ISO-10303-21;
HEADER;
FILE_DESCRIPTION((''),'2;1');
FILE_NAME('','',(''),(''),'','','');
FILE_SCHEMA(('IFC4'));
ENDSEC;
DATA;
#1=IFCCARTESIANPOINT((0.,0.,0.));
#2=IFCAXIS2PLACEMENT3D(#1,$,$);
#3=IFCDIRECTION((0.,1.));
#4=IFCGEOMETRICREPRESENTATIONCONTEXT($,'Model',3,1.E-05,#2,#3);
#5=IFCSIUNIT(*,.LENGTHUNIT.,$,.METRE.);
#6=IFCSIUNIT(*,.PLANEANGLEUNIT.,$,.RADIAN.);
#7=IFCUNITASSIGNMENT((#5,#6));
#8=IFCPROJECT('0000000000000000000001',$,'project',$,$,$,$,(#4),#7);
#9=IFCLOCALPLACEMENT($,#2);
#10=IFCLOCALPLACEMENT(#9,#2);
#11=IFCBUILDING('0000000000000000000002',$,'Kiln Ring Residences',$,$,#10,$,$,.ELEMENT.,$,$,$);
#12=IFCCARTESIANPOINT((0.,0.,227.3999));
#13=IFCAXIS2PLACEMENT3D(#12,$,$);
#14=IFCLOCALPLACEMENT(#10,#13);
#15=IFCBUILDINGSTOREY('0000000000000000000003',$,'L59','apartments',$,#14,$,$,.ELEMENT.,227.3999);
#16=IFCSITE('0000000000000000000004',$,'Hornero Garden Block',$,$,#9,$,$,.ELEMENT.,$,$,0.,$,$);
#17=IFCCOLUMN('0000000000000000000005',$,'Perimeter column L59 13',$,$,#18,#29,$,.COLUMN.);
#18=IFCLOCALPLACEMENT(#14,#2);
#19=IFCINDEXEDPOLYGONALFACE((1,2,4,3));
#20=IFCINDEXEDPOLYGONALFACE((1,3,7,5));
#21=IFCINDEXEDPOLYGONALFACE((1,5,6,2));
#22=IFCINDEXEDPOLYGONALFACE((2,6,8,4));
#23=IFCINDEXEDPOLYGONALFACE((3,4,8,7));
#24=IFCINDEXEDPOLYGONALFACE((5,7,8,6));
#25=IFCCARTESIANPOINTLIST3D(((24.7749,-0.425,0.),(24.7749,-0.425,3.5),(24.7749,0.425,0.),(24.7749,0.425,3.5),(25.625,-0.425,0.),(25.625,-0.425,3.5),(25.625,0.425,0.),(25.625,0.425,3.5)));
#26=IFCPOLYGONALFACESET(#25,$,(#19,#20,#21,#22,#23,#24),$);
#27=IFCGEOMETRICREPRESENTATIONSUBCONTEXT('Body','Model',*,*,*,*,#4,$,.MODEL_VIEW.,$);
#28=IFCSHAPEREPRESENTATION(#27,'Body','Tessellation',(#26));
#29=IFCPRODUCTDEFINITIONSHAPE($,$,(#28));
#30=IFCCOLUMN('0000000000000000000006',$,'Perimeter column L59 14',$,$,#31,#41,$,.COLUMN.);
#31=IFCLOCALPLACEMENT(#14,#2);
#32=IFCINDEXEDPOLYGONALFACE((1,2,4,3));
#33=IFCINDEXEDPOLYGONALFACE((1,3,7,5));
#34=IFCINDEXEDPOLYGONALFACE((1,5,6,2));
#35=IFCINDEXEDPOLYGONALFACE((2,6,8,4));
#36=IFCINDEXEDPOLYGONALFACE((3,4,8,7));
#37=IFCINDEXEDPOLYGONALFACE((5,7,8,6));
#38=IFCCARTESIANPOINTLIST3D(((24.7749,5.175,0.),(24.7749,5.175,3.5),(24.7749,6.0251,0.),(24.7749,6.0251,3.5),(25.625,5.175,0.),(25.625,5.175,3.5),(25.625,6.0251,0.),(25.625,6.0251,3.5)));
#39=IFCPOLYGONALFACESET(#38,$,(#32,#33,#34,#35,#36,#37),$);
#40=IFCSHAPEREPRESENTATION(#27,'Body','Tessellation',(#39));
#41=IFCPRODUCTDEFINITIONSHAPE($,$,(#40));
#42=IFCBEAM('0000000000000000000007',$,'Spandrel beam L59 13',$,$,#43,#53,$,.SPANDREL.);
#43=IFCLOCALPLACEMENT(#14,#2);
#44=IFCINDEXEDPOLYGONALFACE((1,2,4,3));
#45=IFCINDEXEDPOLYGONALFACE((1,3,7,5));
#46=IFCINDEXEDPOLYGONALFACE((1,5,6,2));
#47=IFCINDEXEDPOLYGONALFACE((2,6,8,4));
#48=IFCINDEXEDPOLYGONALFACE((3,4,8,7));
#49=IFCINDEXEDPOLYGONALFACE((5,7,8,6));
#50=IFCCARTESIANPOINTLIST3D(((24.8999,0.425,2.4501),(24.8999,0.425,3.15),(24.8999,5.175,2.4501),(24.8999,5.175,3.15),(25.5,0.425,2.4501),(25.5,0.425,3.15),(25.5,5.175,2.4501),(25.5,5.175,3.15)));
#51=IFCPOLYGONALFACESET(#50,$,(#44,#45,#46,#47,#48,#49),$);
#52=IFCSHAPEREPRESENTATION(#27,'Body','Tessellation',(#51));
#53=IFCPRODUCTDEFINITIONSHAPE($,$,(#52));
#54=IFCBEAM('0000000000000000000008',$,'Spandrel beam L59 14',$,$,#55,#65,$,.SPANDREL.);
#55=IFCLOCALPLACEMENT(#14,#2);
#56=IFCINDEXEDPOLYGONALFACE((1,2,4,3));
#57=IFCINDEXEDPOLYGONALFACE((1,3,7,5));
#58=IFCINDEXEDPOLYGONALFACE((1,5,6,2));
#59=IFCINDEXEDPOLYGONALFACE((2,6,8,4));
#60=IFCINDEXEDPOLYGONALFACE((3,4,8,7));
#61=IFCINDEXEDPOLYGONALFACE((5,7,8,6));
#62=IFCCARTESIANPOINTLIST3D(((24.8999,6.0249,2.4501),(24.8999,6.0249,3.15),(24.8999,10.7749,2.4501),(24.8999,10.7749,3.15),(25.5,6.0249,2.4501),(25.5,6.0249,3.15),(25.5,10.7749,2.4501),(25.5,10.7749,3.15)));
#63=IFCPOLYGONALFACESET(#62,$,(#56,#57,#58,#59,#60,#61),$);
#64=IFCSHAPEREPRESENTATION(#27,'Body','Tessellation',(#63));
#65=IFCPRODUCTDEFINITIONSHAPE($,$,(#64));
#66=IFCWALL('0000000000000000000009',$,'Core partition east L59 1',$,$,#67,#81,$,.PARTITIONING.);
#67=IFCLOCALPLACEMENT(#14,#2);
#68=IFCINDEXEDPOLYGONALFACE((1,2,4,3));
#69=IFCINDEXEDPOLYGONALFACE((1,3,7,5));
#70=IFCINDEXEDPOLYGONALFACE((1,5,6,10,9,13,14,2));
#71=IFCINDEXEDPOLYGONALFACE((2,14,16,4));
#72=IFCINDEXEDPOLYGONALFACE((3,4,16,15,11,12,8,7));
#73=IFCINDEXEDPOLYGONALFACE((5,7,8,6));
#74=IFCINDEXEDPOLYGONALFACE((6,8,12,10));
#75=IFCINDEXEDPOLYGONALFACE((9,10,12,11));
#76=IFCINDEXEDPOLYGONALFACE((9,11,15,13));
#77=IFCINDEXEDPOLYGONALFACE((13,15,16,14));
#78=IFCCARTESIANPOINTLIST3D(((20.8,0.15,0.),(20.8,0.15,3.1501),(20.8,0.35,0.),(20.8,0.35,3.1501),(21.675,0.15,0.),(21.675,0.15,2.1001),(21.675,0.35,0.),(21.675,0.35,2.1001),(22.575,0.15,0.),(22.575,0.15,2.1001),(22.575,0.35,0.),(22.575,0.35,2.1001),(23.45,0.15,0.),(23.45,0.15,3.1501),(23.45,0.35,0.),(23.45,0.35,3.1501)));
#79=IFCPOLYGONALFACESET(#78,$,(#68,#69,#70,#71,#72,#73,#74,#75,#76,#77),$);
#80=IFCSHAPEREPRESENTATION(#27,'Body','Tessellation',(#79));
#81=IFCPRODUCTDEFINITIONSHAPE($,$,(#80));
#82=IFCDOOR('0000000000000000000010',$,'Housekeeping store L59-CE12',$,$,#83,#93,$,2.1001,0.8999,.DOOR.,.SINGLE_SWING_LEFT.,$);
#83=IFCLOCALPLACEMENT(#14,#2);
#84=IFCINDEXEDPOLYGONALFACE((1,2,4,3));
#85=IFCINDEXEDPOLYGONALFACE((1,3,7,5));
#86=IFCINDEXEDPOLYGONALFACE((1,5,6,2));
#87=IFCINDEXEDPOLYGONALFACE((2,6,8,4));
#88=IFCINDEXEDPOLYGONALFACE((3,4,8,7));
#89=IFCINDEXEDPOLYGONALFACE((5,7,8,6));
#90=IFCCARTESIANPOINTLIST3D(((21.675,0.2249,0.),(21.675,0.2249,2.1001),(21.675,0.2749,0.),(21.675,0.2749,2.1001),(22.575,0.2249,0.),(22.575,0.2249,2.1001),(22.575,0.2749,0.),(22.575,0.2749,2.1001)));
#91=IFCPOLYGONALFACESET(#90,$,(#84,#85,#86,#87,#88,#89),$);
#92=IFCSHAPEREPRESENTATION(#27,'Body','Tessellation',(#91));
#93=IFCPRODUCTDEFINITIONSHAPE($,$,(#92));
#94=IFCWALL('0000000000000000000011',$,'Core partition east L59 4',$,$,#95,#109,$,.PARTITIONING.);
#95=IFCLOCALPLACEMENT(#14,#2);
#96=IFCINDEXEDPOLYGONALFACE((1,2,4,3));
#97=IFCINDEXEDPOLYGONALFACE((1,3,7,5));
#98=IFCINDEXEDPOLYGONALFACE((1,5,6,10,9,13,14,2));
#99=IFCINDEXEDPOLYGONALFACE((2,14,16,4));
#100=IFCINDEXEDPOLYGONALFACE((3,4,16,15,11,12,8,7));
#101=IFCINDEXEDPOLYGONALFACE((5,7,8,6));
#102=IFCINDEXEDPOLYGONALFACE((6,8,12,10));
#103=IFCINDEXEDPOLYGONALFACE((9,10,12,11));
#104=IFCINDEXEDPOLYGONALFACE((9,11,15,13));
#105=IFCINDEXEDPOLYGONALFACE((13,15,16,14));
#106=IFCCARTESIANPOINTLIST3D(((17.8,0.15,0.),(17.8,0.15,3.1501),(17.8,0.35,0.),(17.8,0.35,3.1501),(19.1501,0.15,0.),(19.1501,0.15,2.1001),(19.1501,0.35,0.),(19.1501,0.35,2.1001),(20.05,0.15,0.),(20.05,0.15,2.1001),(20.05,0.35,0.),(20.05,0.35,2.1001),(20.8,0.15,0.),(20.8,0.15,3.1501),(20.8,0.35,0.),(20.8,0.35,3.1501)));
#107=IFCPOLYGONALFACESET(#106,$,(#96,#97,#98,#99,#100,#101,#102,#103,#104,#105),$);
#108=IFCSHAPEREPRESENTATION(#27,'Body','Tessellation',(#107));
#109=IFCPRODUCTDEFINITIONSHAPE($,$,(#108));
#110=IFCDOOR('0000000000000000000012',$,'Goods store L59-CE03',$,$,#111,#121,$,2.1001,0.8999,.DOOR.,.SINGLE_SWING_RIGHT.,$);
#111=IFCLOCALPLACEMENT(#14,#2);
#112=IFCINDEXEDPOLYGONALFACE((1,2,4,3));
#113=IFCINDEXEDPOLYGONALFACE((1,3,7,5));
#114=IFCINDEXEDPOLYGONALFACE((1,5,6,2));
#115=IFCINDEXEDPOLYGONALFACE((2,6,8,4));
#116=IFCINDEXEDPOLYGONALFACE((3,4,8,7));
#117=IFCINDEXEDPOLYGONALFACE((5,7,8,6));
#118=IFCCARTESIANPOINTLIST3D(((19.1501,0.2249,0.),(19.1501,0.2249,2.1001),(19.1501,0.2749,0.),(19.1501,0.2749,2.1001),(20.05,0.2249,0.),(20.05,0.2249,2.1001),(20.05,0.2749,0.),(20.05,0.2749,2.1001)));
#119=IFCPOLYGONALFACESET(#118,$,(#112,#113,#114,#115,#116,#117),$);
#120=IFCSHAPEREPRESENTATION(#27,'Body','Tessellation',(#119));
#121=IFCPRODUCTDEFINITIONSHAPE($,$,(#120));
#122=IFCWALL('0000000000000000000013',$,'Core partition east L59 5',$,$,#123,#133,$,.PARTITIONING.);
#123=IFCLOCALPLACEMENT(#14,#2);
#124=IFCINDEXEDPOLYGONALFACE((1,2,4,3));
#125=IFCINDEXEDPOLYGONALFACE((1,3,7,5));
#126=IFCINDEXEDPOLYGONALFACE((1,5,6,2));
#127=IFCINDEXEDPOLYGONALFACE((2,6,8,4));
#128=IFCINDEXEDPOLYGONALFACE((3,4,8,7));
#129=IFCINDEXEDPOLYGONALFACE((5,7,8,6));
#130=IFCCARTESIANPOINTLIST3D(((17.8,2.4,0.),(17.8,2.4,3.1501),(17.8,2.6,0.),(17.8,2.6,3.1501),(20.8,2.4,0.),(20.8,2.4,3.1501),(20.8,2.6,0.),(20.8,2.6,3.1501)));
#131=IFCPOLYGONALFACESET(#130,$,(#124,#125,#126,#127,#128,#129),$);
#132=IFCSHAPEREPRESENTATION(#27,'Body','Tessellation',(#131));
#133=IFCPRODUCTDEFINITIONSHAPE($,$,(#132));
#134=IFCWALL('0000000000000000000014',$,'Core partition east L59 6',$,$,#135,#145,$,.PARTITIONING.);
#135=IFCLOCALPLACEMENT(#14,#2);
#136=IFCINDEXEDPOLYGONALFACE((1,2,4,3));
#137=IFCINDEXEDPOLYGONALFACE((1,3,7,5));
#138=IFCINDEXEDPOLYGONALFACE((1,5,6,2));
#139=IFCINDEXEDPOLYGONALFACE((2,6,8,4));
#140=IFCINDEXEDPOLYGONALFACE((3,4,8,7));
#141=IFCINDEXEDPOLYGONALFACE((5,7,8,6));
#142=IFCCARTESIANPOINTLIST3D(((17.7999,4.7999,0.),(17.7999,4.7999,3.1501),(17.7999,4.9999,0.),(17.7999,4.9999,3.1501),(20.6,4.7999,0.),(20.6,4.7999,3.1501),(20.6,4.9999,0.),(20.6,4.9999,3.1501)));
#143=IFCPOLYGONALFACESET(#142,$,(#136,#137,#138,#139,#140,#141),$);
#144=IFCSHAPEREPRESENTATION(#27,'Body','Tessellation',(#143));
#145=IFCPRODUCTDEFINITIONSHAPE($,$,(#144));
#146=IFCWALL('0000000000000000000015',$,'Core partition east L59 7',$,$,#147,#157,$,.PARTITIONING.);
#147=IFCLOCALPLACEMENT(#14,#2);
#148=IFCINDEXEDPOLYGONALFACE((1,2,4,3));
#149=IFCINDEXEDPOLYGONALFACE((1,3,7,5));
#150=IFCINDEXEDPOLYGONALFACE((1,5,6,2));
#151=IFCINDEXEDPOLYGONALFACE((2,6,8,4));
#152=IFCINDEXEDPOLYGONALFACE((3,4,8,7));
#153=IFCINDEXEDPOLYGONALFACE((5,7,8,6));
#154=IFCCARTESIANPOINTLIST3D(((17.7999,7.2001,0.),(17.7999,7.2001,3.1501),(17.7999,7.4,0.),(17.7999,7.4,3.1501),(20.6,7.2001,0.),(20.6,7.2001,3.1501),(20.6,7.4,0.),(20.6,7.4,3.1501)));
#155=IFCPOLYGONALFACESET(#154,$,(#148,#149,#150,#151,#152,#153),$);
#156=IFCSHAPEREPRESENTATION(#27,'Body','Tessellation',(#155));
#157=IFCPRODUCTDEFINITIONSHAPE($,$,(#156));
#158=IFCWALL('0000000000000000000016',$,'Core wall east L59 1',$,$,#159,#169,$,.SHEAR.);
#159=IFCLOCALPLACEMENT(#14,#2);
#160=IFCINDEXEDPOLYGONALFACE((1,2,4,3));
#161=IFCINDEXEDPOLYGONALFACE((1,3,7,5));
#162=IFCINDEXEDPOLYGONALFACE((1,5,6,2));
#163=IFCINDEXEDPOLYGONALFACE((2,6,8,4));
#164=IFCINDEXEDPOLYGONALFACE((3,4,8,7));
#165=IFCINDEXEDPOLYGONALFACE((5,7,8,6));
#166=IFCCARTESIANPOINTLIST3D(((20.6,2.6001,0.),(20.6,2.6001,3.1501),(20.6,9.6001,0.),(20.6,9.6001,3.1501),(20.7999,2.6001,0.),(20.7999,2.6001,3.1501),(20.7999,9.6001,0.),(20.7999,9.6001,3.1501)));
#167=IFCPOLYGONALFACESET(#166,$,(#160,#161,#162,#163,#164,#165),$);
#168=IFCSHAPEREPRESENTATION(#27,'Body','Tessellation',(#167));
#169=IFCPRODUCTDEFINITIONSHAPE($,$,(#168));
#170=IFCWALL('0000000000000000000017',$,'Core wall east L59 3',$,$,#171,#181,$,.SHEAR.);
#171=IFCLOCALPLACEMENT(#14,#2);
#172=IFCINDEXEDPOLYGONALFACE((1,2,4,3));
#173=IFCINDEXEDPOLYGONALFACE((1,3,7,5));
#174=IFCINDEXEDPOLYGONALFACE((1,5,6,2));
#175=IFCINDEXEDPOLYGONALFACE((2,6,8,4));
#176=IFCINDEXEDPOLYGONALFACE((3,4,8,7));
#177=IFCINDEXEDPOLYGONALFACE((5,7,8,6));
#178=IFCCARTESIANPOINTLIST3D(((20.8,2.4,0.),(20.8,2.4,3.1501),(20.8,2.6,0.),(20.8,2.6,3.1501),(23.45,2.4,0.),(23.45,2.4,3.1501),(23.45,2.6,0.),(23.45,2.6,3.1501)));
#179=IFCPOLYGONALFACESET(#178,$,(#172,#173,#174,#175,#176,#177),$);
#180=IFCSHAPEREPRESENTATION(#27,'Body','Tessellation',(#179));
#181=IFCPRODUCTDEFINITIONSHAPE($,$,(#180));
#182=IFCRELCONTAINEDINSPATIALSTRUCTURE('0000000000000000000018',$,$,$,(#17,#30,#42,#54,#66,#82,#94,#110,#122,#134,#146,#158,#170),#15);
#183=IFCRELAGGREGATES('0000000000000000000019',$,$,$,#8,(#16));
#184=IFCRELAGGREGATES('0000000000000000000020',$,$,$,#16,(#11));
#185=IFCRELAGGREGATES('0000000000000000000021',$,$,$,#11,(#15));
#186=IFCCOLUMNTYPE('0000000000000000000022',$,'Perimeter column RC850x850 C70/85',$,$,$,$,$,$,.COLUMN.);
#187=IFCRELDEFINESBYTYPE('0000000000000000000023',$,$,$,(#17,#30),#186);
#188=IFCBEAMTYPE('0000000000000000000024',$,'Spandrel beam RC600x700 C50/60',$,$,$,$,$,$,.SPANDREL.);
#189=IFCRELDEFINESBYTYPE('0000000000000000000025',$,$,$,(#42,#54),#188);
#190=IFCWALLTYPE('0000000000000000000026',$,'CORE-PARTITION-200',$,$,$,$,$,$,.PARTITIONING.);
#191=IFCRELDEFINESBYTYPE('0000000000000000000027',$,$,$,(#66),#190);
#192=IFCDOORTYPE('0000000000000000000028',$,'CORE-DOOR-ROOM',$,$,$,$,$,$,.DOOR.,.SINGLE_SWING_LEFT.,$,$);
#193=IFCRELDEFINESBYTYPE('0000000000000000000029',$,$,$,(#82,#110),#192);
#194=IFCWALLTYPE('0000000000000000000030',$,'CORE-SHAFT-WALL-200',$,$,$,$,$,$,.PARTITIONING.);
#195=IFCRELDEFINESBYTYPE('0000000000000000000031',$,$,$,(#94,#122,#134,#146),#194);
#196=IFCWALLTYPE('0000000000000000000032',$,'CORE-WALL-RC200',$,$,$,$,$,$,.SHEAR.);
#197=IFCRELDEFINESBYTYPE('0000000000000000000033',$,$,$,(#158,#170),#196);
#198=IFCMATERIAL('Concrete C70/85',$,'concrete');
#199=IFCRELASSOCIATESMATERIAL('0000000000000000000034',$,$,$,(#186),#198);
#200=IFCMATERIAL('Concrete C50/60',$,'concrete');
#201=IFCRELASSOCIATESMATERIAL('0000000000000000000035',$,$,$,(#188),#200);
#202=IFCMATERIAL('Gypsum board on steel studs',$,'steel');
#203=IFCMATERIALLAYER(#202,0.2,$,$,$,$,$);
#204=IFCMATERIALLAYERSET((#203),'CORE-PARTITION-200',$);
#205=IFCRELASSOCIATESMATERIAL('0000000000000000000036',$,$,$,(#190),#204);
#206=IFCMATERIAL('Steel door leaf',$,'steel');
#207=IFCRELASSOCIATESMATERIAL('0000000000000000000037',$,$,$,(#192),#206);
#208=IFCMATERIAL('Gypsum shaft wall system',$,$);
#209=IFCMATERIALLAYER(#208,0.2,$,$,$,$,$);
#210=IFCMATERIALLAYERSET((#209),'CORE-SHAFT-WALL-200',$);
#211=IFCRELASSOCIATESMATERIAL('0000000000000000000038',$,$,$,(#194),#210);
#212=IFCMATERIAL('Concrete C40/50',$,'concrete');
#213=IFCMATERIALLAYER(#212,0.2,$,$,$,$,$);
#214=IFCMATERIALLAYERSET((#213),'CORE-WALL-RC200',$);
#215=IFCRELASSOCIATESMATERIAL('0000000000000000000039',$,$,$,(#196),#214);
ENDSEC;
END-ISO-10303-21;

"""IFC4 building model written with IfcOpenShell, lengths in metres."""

from ifc_helpers import new_model, si_unit, direction, frame, frame_2d, origin, origin_2d, place, context, subcontext, project, spatial, rectangle, extrude, material, layer, layer_set, material_profile, profile_set, type_object, element, fill, save


model = new_model("IFC4")

# Units and contexts
model_context = context("Model", 3, precision=1e-05, world=origin(), true_north=direction((0.0, 1.0)))
body_context = subcontext(model_context, "Body", "Model", "MODEL_VIEW")
ifc_project = project(units=[si_unit("LENGTHUNIT", "METRE"), si_unit("PLANEANGLEUNIT", "RADIAN")], contexts=[model_context])

# Site, building, storey
site_placement = place(None, origin())
site = spatial("IfcSite", under=ifc_project, at=site_placement, Name="Hornero Garden Block", CompositionType="ELEMENT", RefElevation=0.0)
building_placement = place(site_placement, origin())
building = spatial("IfcBuilding", under=site, at=building_placement, Name="Kiln Ring Residences", CompositionType="ELEMENT")
storey_placement = place(building_placement, frame((0.0, 0.0, 227.3999)))
storey = spatial("IfcBuildingStorey", under=building, at=storey_placement, Name="L59", Description="apartments", CompositionType="ELEMENT", Elevation=227.3999)

# Columns
ifc_material_1 = material(Name="Concrete C70/85", Category="concrete")
ifc_material_profile_1 = material_profile(ifc_material_1, rectangle(XDim=0.8501, YDim=0.8501, at=origin_2d()), Name="RC850x850")
ifc_profile_set_1 = profile_set([ifc_material_profile_1], Name="Concrete C70/85")
column_type = type_object("IfcColumnType", Name="Perimeter column RC850x850 C70/85", PredefinedType="COLUMN", material=ifc_profile_set_1)
for number, where, z_axis, x_axis, name in (
    (1, (25.2, 0.0, 0.0), (0.0, 0.0, 1.0), (1.0, 0.0, 0.0), "Perimeter column L59 13"),
    (2, (25.2, 5.6001, 0.0), (0.0, 0.0, 1.0), (1.0, 0.0, 0.0), "Perimeter column L59 14"),
):
    element("IfcColumn", number, at=place(storey_placement, frame(where, z_axis=z_axis, x_axis=x_axis)), inside=storey, type_object=column_type, Name=name, PredefinedType="COLUMN", context=body_context, shape_type="SweptSolid", body=[
        extrude(rectangle(XDim=0.8501, YDim=0.8501, at=origin_2d()), origin(), (0.0, 0.0, 1.0), 3.5),
    ])

# Beams
ifc_material_2 = material(Name="Concrete C50/60", Category="concrete")
ifc_material_profile_2 = material_profile(ifc_material_2, rectangle(XDim=0.6001, YDim=0.7, at=origin_2d()), Name="RC600x700")
ifc_profile_set_2 = profile_set([ifc_material_profile_2], Name="Concrete C50/60")
beam_type = type_object("IfcBeamType", Name="Spandrel beam RC600x700 C50/60", PredefinedType="SPANDREL", material=ifc_profile_set_2)
for number, where, z_axis, x_axis, name in (
    (3, (25.2, 0.425, 2.8), (0.0, 1.0, 0.0), (-1.0, 0.0, 0.0), "Spandrel beam L59 13"),
    (4, (25.2, 6.0249, 2.8), (0.0, 1.0, 0.0), (-1.0, 0.0, 0.0), "Spandrel beam L59 14"),
):
    element("IfcBeam", number, at=place(storey_placement, frame(where, z_axis=z_axis, x_axis=x_axis)), inside=storey, type_object=beam_type, Name=name, PredefinedType="SPANDREL", context=body_context, shape_type="SweptSolid", body=[
        extrude(rectangle(XDim=0.6001, YDim=0.7, at=origin_2d()), origin(), (0.0, 0.0, 1.0), 4.75),
    ])

# Walls, openings, doors
ifc_material_3 = material(Name="Gypsum board on steel studs", Category="steel")
ifc_layer_1 = layer(ifc_material_3, 0.2)
ifc_layer_set_1 = layer_set([ifc_layer_1], Name="CORE-PARTITION-200")
wall_type_1 = type_object("IfcWallType", Name="CORE-PARTITION-200", PredefinedType="PARTITIONING", material=ifc_layer_set_1)
wall_1_placement = place(storey_placement, frame((20.8, 0.25, 0.0), z_axis=(0.0, 0.0, 1.0), x_axis=(1.0, 0.0, 0.0)))
wall_1 = element("IfcWall", 5, at=wall_1_placement, inside=storey, type_object=wall_type_1, Name="Core partition east L59 1", PredefinedType="PARTITIONING", context=body_context, shape_type="SweptSolid", body=[
    extrude(rectangle(XDim=2.6499, YDim=0.2, at=frame_2d((1.325, 0.0))), origin(), (0.0, 0.0, 1.0), 3.1501),
])
opening_1_placement = place(wall_1_placement, frame((0.875, 0.0, 0.0)))
opening_1 = element("IfcOpeningElement", 6, at=opening_1_placement, cuts=wall_1, PredefinedType="OPENING", context=body_context, shape_type="SweptSolid", body=[
    extrude(rectangle(XDim=0.8999, YDim=2.1001, at=frame_2d((0.45, 1.05))), frame((0.0, 0.1099, 0.0), z_axis=(0.0, -1.0, 0.0), x_axis=(1.0, 0.0, 0.0)), (0.0, 0.0, 1.0), 0.22),
])
ifc_material_4 = material(Name="Steel door leaf", Category="steel")
door_type = type_object("IfcDoorType", Name="CORE-DOOR-ROOM", OperationType="SINGLE_SWING_LEFT", PredefinedType="DOOR", material=ifc_material_4)
door_1_placement = place(opening_1_placement, origin())
door_1 = element("IfcDoor", 7, at=door_1_placement, inside=storey, type_object=door_type, Name="Housekeeping store L59-CE12", OperationType="SINGLE_SWING_LEFT", OverallHeight=2.1001, OverallWidth=0.8999, PredefinedType="DOOR", context=body_context, shape_type="SweptSolid", body=[
    extrude(rectangle(XDim=0.8999, YDim=2.1001, at=frame_2d((0.45, 1.05))), frame((0.0, 0.0249, 0.0), z_axis=(0.0, -1.0, 0.0), x_axis=(1.0, 0.0, 0.0)), (0.0, 0.0, 1.0), 0.05),
])
fill(opening_1, door_1)
ifc_material_5 = material(Name="Gypsum shaft wall system")
ifc_layer_2 = layer(ifc_material_5, 0.2)
ifc_layer_set_2 = layer_set([ifc_layer_2], Name="CORE-SHAFT-WALL-200")
wall_type_2 = type_object("IfcWallType", Name="CORE-SHAFT-WALL-200", PredefinedType="PARTITIONING", material=ifc_layer_set_2)
wall_2_placement = place(storey_placement, frame((17.8, 0.25, 0.0), z_axis=(0.0, 0.0, 1.0), x_axis=(1.0, 0.0, 0.0)))
wall_2 = element("IfcWall", 8, at=wall_2_placement, inside=storey, type_object=wall_type_2, Name="Core partition east L59 4", PredefinedType="PARTITIONING", context=body_context, shape_type="SweptSolid", body=[
    extrude(rectangle(XDim=3.0, YDim=0.2, at=frame_2d((1.5, 0.0))), origin(), (0.0, 0.0, 1.0), 3.1501),
])
opening_2_placement = place(wall_2_placement, frame((1.3501, 0.0, 0.0)))
opening_2 = element("IfcOpeningElement", 9, at=opening_2_placement, cuts=wall_2, PredefinedType="OPENING", context=body_context, shape_type="SweptSolid", body=[
    extrude(rectangle(XDim=0.8999, YDim=2.1001, at=frame_2d((0.45, 1.05))), frame((0.0, 0.1099, 0.0), z_axis=(0.0, -1.0, 0.0), x_axis=(1.0, 0.0, 0.0)), (0.0, 0.0, 1.0), 0.22),
])
door_2_placement = place(opening_2_placement, origin())
door_2 = element("IfcDoor", 10, at=door_2_placement, inside=storey, type_object=door_type, Name="Goods store L59-CE03", OperationType="SINGLE_SWING_RIGHT", OverallHeight=2.1001, OverallWidth=0.8999, PredefinedType="DOOR", context=body_context, shape_type="SweptSolid", body=[
    extrude(rectangle(XDim=0.8999, YDim=2.1001, at=frame_2d((0.45, 1.05))), frame((0.0, 0.0249, 0.0), z_axis=(0.0, -1.0, 0.0), x_axis=(1.0, 0.0, 0.0)), (0.0, 0.0, 1.0), 0.05),
])
fill(opening_2, door_2)

# Walls
wall_3_placement = place(storey_placement, frame((17.8, 2.5, 0.0), z_axis=(0.0, 0.0, 1.0), x_axis=(1.0, 0.0, 0.0)))
element("IfcWall", 11, at=wall_3_placement, inside=storey, type_object=wall_type_2, Name="Core partition east L59 5", PredefinedType="PARTITIONING", context=body_context, shape_type="SweptSolid", body=[
    extrude(rectangle(XDim=3.0, YDim=0.2, at=frame_2d((1.5, 0.0))), origin(), (0.0, 0.0, 1.0), 3.1501),
])
for number, where, z_axis, x_axis, name in (
    (12, (17.8, 4.8999, 0.0), (0.0, 0.0, 1.0), (1.0, 0.0, 0.0), "Core partition east L59 6"),
    (13, (17.8, 7.3, 0.0), (0.0, 0.0, 1.0), (1.0, 0.0, 0.0), "Core partition east L59 7"),
):
    element("IfcWall", number, at=place(storey_placement, frame(where, z_axis=z_axis, x_axis=x_axis)), inside=storey, type_object=wall_type_2, Name=name, PredefinedType="PARTITIONING", context=body_context, shape_type="SweptSolid", body=[
        extrude(rectangle(XDim=2.8, YDim=0.2, at=frame_2d((1.3999, 0.0))), origin(), (0.0, 0.0, 1.0), 3.1501),
    ])
ifc_material_6 = material(Name="Concrete C40/50", Category="concrete")
ifc_layer_3 = layer(ifc_material_6, 0.2)
ifc_layer_set_3 = layer_set([ifc_layer_3], Name="CORE-WALL-RC200")
wall_type_3 = type_object("IfcWallType", Name="CORE-WALL-RC200", PredefinedType="SHEAR", material=ifc_layer_set_3)
wall_4_placement = place(storey_placement, frame((20.7, 2.6001, 0.0), z_axis=(0.0, 0.0, 1.0), x_axis=(0.0, 1.0, 0.0)))
element("IfcWall", 14, at=wall_4_placement, inside=storey, type_object=wall_type_3, Name="Core wall east L59 1", PredefinedType="SHEAR", context=body_context, shape_type="SweptSolid", body=[
    extrude(rectangle(XDim=7.0, YDim=0.2, at=frame_2d((3.5, 0.0))), origin(), (0.0, 0.0, 1.0), 3.1501),
])
wall_5_placement = place(storey_placement, frame((20.8, 2.5, 0.0), z_axis=(0.0, 0.0, 1.0), x_axis=(1.0, 0.0, 0.0)))
element("IfcWall", 15, at=wall_5_placement, inside=storey, type_object=wall_type_3, Name="Core wall east L59 3", PredefinedType="SHEAR", context=body_context, shape_type="SweptSolid", body=[
    extrude(rectangle(XDim=2.6499, YDim=0.2, at=frame_2d((1.325, 0.0))), origin(), (0.0, 0.0, 1.0), 3.1501),
])

save(model, "model.ifc")
